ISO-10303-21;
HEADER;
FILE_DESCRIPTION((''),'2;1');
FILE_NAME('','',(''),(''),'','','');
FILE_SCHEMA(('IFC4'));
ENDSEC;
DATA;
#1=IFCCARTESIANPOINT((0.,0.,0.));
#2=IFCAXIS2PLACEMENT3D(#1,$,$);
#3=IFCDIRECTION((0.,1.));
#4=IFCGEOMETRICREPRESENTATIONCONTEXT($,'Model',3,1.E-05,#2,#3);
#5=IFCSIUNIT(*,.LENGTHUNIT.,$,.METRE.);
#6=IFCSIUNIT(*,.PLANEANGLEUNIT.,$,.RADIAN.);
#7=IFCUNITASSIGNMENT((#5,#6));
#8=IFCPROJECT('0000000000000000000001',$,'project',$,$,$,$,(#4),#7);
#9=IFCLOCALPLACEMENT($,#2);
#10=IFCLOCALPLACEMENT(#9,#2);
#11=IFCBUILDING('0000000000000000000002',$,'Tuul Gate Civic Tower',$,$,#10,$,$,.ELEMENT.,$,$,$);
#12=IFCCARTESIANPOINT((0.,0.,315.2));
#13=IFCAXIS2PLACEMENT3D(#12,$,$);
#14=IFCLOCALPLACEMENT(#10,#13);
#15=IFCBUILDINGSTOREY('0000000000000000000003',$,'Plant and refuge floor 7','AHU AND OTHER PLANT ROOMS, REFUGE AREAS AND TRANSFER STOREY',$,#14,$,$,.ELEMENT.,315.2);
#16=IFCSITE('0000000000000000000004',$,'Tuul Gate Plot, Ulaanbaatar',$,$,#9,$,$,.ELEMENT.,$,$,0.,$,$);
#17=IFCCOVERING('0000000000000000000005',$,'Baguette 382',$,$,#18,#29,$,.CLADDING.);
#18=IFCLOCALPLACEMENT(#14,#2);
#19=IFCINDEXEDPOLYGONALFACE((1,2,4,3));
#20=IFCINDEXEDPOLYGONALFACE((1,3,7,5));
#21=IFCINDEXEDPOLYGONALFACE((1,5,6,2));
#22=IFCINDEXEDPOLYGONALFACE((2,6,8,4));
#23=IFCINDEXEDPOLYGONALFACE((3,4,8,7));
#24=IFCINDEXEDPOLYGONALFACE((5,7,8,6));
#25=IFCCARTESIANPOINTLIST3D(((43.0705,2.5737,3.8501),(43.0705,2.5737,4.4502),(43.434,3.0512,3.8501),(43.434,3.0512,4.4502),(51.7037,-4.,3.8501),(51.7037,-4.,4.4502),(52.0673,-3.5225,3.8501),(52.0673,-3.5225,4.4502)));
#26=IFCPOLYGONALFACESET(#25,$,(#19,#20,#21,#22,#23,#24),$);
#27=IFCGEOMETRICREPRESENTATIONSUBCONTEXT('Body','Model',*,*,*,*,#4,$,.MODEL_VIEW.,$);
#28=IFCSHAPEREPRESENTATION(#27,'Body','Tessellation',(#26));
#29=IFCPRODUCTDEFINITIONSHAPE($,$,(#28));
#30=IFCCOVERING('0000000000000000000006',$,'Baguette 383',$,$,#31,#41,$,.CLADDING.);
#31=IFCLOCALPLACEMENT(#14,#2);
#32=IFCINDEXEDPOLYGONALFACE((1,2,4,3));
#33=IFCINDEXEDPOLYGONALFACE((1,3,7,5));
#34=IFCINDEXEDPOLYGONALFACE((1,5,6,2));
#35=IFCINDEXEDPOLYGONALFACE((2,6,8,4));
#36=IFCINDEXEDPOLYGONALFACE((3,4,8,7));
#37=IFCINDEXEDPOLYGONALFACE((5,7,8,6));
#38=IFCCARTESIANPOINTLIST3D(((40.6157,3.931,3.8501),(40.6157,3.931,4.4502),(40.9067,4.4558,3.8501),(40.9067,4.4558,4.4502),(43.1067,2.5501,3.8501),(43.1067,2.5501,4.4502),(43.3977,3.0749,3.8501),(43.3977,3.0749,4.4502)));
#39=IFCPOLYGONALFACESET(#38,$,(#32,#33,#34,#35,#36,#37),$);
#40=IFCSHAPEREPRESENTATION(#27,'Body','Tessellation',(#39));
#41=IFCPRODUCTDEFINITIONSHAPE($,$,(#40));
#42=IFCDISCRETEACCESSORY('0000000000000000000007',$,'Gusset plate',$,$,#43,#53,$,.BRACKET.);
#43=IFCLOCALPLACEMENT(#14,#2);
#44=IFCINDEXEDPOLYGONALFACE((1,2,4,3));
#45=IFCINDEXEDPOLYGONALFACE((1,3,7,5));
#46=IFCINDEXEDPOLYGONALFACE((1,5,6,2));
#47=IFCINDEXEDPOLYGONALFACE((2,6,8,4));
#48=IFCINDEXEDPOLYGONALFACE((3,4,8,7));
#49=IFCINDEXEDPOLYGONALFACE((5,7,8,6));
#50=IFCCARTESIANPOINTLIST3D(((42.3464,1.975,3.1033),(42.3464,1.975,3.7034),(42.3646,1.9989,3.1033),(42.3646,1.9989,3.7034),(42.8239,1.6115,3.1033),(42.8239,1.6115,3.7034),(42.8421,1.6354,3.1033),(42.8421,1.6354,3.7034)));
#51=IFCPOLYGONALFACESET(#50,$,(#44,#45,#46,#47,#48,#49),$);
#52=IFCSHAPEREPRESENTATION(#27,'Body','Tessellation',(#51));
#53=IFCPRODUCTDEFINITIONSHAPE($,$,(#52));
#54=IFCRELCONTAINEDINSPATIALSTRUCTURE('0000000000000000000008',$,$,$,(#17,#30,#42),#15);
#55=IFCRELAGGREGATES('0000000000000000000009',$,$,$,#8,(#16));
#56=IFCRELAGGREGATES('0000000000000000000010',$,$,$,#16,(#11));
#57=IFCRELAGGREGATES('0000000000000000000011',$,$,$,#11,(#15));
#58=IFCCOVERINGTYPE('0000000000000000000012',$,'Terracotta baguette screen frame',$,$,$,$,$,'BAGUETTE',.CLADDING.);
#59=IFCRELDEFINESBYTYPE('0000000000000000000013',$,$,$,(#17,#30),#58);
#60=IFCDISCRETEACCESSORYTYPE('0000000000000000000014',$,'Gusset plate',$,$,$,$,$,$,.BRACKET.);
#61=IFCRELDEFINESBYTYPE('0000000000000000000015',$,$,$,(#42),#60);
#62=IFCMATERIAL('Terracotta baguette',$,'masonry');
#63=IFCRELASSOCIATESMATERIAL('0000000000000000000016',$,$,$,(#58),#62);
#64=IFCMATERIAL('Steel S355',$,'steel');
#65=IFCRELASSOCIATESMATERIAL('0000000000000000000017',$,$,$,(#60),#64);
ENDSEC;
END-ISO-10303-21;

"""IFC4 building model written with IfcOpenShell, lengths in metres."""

from ifc_helpers import new_model, si_unit, direction, frame, origin, origin_2d, place, context, subcontext, project, spatial, rectangle, extrude, material, material_profile, profile_set, type_object, element, save


model = new_model("IFC4")

# Units and contexts
model_context = context("Model", 3, precision=1e-05, world=origin(), true_north=direction((0.0, 1.0)))
body_context = subcontext(model_context, "Body", "Model", "MODEL_VIEW")
ifc_project = project(units=[si_unit("LENGTHUNIT", "METRE"), si_unit("PLANEANGLEUNIT", "RADIAN")], contexts=[model_context])

# Site, building, storey
site_placement = place(None, origin())
site = spatial("IfcSite", under=ifc_project, at=site_placement, Name="Tuul Gate Plot, Ulaanbaatar", CompositionType="ELEMENT", RefElevation=0.0)
building_placement = place(site_placement, origin())
building = spatial("IfcBuilding", under=site, at=building_placement, Name="Tuul Gate Civic Tower", CompositionType="ELEMENT")
storey_placement = place(building_placement, frame((0.0, 0.0, 315.2)))
storey = spatial("IfcBuildingStorey", under=building, at=storey_placement, Name="Plant and refuge floor 7", Description="AHU AND OTHER PLANT ROOMS, REFUGE AREAS AND TRANSFER STOREY", CompositionType="ELEMENT", Elevation=315.2)

# Coverings
ifc_material_1 = material(Name="Terracotta baguette", Category="masonry")
ifc_material_profile_1 = material_profile(ifc_material_1, rectangle(XDim=0.6001, YDim=0.6001, at=origin_2d()), Name="Terracotta baguette screen frame")
ifc_profile_set_1 = profile_set([ifc_material_profile_1], Name="Terracotta baguette")
covering_type = type_object("IfcCoveringType", Name="Terracotta baguette screen frame", ElementType="BAGUETTE", PredefinedType="CLADDING", material=ifc_profile_set_1)
covering_1_placement = place(storey_placement, frame((51.8855, -3.7612, 4.1501), z_axis=(-0.79561, 0.605809, 0.0), x_axis=(-0.605809, -0.79561, 0.0)))
element("IfcCovering", 1, at=covering_1_placement, inside=storey, type_object=covering_type, Name="Baguette 382", PredefinedType="CLADDING", context=body_context, shape_type="SweptSolid", body=[
    extrude(rectangle(XDim=0.6001, YDim=0.6001, at=origin_2d()), origin(), (0.0, 0.0, 1.0), 10.8511),
])
covering_2_placement = place(storey_placement, frame((43.2522, 2.8125, 4.1501), z_axis=(-0.874606, 0.484835, 0.0), x_axis=(-0.484835, -0.874606, 0.0)))
element("IfcCovering", 2, at=covering_2_placement, inside=storey, type_object=covering_type, Name="Baguette 383", PredefinedType="CLADDING", context=body_context, shape_type="SweptSolid", body=[
    extrude(rectangle(XDim=0.6001, YDim=0.6001, at=origin_2d()), origin(), (0.0, 0.0, 1.0), 2.8481),
])

# Discrete accessory
ifc_material_2 = material(Name="Steel S355", Category="steel")
discrete_accessory_type = type_object("IfcDiscreteAccessoryType", Name="Gusset plate", PredefinedType="BRACKET", material=ifc_material_2)
discrete_accessory_placement = place(storey_placement, frame((42.5942, 1.8052, 3.1033), z_axis=(0.0, 0.0, 1.0), x_axis=(0.795664, -0.605738, 0.0)))
element("IfcDiscreteAccessory", 3, at=discrete_accessory_placement, inside=storey, type_object=discrete_accessory_type, Name="Gusset plate", PredefinedType="BRACKET", context=body_context, shape_type="SweptSolid", body=[
    extrude(rectangle(XDim=0.6001, YDim=0.03, at=origin_2d()), origin(), (0.0, 0.0, 1.0), 0.6001),
])

save(model, "model.ifc")
